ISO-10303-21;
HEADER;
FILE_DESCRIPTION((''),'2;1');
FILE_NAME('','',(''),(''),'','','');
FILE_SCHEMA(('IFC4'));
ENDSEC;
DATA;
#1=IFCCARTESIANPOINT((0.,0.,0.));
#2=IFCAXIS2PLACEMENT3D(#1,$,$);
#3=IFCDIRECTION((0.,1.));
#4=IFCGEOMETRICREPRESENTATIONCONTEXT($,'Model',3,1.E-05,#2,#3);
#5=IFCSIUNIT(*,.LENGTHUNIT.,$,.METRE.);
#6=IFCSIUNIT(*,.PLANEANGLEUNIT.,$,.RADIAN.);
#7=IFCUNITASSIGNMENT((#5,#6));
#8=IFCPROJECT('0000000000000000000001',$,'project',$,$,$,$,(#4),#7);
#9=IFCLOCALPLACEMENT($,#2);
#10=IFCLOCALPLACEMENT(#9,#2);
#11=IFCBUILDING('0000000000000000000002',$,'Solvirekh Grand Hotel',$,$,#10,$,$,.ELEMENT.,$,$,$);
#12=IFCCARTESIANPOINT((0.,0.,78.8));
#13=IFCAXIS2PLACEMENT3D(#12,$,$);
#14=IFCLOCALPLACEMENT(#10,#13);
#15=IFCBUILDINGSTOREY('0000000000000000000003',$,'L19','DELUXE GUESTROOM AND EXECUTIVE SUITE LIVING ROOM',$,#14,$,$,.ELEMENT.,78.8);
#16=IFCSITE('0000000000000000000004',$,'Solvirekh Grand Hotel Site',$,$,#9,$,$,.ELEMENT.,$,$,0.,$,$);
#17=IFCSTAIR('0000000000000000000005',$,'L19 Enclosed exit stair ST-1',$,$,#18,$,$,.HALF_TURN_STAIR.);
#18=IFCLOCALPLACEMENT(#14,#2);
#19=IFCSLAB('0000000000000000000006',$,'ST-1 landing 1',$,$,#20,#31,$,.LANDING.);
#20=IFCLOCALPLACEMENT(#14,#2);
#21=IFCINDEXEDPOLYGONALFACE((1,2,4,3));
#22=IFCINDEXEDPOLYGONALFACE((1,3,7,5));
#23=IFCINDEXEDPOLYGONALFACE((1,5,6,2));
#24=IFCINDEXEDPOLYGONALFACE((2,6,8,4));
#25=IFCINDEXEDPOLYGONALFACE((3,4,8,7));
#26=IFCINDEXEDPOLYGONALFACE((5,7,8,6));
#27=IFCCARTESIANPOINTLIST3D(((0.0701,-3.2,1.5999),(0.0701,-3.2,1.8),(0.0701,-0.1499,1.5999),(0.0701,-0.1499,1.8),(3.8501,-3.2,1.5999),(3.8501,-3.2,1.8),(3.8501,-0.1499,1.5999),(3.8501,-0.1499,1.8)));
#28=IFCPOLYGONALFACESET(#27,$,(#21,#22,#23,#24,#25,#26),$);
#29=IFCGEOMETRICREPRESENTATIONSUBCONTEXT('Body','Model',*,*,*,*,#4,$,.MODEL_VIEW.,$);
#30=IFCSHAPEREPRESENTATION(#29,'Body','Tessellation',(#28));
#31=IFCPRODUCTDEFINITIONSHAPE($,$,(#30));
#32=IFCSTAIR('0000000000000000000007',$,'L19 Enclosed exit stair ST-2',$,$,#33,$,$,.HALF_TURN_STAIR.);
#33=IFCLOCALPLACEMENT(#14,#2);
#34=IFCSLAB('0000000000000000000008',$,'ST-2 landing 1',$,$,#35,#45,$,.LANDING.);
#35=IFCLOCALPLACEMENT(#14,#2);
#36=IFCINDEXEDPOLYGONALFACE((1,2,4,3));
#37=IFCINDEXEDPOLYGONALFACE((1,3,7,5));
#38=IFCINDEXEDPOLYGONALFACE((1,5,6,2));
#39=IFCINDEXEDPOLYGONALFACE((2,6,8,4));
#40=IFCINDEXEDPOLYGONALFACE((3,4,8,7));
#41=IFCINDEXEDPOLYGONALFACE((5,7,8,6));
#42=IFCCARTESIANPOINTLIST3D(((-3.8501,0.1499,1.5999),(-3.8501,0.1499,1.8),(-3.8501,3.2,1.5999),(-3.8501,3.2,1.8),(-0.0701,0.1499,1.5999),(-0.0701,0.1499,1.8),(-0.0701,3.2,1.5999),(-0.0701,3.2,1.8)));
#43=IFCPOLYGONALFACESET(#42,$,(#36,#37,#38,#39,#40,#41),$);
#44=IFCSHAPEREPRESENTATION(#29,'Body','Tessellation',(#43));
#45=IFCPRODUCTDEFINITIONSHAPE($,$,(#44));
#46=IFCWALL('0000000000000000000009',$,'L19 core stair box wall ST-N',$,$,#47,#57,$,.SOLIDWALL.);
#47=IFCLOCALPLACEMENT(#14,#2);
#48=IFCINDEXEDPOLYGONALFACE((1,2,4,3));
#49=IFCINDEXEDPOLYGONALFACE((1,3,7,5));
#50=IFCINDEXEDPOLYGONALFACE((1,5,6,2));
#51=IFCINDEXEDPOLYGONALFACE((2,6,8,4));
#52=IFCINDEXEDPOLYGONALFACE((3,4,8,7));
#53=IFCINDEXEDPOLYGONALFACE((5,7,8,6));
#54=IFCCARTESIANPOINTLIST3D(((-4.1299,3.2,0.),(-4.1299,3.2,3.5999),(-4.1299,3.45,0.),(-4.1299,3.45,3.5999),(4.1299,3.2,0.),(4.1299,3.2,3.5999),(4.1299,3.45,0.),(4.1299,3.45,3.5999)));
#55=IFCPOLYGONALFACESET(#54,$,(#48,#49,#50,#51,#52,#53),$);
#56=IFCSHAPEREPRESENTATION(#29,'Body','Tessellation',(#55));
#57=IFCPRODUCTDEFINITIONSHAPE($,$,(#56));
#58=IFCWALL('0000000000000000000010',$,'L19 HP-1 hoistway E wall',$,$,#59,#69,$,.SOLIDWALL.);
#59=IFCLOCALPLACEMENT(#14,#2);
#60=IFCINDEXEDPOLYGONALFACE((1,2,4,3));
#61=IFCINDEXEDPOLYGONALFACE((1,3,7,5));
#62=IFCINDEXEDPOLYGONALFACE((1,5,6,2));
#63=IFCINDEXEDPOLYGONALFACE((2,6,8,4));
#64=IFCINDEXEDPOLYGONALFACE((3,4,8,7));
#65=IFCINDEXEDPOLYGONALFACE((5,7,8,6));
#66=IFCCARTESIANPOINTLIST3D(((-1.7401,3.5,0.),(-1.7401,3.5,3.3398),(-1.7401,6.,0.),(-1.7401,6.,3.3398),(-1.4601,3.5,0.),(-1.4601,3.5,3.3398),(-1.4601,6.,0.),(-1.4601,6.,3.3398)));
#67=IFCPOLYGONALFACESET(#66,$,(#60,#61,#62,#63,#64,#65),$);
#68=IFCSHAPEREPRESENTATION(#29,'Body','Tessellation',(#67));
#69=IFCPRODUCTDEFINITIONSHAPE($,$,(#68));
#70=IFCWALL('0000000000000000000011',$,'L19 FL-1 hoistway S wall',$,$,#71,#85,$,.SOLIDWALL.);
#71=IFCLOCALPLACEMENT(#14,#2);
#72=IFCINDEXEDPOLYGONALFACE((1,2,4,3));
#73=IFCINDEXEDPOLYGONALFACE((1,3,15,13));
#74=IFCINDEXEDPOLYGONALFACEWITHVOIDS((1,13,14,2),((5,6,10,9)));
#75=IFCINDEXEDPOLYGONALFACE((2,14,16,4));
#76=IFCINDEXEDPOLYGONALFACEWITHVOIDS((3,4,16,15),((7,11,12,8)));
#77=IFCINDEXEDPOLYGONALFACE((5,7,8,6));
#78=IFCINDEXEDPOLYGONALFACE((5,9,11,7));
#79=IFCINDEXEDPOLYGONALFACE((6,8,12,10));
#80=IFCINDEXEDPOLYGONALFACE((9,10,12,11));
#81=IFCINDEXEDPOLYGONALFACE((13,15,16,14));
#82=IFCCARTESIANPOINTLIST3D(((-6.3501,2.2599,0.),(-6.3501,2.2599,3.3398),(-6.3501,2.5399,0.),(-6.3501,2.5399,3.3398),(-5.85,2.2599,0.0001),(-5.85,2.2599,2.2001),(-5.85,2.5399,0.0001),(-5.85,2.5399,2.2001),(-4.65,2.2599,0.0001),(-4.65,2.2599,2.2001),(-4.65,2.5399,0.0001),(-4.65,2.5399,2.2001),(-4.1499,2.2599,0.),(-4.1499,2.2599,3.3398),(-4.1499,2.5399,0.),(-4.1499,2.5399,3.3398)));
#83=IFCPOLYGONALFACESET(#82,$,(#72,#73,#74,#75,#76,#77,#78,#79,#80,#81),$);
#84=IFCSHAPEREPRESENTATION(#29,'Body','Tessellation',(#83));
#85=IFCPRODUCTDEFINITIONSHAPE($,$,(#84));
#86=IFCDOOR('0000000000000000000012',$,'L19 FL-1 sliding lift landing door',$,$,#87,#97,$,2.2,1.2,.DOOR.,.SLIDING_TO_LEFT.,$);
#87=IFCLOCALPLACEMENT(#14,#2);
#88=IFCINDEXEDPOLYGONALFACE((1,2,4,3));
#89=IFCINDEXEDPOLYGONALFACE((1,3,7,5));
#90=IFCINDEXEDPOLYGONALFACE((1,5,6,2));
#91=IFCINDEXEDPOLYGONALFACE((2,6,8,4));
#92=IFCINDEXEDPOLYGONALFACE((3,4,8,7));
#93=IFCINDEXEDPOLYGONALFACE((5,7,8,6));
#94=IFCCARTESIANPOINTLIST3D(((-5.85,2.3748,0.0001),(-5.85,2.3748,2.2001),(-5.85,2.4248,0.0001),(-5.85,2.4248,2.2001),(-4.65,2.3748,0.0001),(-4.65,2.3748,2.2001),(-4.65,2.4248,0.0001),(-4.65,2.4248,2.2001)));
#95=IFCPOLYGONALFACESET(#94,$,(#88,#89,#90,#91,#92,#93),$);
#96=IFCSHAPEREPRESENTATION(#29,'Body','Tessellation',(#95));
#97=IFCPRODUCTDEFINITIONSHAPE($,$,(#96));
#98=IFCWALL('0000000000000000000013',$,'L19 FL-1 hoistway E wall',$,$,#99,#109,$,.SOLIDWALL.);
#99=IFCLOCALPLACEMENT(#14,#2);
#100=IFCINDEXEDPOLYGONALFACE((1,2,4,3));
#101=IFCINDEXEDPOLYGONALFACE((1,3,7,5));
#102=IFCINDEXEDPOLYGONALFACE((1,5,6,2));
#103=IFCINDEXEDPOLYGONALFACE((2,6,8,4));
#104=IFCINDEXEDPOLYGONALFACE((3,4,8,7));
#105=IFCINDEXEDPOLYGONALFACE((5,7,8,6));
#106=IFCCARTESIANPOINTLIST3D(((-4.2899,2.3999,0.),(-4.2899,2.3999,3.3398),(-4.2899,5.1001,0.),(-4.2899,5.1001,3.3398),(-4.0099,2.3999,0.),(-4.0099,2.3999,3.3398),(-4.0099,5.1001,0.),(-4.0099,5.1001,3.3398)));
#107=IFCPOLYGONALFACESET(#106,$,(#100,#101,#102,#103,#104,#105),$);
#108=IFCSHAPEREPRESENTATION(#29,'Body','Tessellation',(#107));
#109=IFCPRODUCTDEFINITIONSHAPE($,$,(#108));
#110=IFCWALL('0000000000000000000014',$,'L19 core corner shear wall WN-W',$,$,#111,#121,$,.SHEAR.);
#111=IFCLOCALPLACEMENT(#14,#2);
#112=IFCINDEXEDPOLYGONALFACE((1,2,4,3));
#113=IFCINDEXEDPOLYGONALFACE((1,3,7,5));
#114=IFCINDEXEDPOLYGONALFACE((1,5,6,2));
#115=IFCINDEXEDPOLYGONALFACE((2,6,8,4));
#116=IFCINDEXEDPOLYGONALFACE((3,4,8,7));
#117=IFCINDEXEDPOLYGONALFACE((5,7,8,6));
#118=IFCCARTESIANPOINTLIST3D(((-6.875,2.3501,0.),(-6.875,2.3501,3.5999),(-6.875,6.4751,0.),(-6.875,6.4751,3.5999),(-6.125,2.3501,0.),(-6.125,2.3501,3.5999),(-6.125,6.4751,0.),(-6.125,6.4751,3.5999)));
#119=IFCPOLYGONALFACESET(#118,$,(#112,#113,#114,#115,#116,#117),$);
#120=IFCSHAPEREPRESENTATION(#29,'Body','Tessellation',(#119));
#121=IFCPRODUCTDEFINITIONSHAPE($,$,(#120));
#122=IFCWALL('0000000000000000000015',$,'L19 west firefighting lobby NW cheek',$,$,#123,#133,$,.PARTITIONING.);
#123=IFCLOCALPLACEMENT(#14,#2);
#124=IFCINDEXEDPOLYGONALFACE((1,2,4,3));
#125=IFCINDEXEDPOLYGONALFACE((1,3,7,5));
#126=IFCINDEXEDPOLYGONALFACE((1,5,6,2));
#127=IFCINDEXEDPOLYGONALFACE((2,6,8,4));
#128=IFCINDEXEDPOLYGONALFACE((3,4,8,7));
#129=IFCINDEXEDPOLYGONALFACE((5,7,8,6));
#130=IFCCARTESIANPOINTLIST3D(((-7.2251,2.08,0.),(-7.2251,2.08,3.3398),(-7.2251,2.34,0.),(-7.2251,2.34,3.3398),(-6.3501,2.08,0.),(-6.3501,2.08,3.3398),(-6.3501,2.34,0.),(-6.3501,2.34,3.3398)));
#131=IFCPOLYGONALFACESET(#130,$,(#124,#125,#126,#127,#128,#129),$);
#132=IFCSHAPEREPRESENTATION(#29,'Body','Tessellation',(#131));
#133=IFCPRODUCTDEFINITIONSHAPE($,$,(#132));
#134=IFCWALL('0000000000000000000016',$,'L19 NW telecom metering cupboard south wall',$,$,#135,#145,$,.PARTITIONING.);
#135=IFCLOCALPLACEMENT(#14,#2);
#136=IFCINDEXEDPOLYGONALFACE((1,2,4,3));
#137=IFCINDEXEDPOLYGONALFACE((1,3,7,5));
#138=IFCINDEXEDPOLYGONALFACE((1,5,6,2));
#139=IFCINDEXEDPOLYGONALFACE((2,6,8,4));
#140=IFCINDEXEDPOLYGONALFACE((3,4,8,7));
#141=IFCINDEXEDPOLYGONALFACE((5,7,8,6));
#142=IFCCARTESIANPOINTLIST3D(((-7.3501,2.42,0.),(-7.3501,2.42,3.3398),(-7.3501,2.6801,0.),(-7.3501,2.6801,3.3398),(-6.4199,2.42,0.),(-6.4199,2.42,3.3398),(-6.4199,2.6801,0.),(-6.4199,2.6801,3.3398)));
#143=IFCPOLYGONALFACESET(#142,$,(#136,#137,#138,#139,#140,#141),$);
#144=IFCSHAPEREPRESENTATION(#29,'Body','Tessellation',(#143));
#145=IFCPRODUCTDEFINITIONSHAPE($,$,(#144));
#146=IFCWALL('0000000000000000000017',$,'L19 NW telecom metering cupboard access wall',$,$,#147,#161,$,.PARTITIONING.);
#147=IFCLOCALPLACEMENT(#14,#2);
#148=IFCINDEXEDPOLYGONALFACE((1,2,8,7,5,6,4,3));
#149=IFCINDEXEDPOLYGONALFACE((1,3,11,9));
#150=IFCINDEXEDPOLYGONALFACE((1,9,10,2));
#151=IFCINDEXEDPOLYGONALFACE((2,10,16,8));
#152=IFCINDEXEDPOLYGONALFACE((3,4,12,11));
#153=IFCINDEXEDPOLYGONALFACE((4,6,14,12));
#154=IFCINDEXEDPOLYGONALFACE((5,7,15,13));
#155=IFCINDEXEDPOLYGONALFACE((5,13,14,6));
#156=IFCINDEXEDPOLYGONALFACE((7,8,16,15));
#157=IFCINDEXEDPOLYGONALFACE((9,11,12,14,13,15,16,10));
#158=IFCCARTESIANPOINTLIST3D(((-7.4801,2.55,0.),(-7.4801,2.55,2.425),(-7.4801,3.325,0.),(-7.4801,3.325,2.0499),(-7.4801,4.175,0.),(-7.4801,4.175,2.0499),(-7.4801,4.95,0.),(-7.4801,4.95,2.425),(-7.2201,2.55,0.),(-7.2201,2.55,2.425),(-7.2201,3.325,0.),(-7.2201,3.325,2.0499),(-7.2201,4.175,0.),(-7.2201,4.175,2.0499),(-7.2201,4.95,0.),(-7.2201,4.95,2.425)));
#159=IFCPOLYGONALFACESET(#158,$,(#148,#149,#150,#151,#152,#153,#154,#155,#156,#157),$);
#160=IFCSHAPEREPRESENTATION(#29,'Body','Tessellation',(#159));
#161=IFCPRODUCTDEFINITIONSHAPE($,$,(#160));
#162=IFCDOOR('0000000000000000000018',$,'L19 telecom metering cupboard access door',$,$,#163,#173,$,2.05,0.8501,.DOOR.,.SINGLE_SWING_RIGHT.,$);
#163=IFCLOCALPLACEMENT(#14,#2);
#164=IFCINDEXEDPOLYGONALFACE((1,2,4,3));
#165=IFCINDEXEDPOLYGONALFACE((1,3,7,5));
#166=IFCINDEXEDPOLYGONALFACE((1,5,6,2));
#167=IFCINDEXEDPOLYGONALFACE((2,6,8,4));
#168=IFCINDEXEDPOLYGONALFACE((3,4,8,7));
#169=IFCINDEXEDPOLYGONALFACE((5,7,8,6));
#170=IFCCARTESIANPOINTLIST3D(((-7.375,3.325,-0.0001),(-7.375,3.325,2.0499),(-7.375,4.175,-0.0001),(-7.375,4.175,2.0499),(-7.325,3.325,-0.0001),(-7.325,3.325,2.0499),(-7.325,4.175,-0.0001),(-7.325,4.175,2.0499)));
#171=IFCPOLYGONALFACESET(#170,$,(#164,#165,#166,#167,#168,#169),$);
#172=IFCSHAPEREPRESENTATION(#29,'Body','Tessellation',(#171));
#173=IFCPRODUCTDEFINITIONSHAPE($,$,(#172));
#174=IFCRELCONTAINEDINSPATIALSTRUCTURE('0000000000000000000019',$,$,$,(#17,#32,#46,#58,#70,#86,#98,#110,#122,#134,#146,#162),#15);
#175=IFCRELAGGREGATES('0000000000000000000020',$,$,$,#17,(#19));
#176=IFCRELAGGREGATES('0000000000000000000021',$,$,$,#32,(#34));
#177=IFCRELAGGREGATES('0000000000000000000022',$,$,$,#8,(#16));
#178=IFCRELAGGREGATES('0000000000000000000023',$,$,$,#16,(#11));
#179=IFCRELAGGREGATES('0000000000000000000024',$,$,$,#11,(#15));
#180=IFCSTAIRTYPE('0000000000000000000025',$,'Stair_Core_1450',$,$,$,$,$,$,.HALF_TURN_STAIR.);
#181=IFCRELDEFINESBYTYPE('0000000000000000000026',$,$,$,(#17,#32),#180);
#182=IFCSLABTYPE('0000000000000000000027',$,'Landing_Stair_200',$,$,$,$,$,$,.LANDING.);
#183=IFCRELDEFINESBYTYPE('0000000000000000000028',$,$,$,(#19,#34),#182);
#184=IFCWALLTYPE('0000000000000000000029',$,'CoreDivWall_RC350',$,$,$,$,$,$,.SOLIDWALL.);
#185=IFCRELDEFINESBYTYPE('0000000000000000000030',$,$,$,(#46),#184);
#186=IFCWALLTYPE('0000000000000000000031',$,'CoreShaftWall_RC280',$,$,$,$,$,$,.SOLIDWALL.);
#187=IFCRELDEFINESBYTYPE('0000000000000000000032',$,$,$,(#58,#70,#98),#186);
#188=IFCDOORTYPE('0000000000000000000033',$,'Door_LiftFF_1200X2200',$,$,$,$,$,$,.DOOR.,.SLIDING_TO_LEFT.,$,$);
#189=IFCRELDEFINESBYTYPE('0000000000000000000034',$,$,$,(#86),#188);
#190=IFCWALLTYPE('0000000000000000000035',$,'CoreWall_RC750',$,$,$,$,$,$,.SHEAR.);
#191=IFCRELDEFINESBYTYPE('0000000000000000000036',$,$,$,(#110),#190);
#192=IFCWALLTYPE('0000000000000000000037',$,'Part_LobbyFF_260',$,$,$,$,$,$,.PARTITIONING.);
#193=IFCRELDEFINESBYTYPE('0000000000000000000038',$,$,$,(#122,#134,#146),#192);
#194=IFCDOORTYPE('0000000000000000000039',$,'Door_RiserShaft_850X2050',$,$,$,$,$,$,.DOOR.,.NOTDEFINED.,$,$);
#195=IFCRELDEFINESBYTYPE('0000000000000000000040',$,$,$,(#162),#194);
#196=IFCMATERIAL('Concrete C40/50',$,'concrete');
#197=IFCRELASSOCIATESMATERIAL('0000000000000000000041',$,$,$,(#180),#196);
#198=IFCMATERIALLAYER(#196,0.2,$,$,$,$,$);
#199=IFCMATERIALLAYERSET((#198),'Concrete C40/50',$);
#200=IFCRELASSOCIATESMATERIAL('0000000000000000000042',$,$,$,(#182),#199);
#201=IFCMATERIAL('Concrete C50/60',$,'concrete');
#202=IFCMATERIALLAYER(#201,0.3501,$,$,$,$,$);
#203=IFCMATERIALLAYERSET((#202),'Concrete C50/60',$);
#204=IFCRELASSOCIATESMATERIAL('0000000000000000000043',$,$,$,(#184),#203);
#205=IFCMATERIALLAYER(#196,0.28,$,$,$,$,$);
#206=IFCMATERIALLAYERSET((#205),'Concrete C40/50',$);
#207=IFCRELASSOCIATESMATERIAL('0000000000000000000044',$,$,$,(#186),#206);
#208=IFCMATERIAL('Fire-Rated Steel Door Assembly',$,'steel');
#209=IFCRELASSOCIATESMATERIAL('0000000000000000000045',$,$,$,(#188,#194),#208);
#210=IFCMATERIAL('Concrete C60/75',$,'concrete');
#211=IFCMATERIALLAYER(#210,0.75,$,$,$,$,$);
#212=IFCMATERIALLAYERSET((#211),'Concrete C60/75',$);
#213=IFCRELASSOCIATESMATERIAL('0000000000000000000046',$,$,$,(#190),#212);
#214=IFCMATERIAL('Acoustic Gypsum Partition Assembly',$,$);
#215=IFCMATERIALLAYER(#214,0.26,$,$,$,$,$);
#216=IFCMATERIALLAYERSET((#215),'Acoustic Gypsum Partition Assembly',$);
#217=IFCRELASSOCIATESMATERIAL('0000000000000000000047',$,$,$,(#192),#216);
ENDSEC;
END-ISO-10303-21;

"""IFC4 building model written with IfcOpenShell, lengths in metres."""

from ifc_helpers import new_model, si_unit, direction, frame, frame_2d, origin, place, context, subcontext, project, spatial, polyline, rectangle, outline, extrude, material, layer, layer_set, type_object, element, fill, aggregate, save


model = new_model("IFC4")

# Units and contexts
model_context = context("Model", 3, precision=1e-05, world=origin(), true_north=direction((0.0, 1.0)))
body_context = subcontext(model_context, "Body", "Model", "MODEL_VIEW")
ifc_project = project(units=[si_unit("LENGTHUNIT", "METRE"), si_unit("PLANEANGLEUNIT", "RADIAN")], contexts=[model_context])

# Site, building, storey
site_placement = place(None, origin())
site = spatial("IfcSite", under=ifc_project, at=site_placement, Name="Solvirekh Grand Hotel Site", CompositionType="ELEMENT", RefElevation=0.0)
building_placement = place(site_placement, origin())
building = spatial("IfcBuilding", under=site, at=building_placement, Name="Solvirekh Grand Hotel", CompositionType="ELEMENT")
storey_placement = place(building_placement, frame((0.0, 0.0, 78.8)))
storey = spatial("IfcBuildingStorey", under=building, at=storey_placement, Name="L19", Description="DELUXE GUESTROOM AND EXECUTIVE SUITE LIVING ROOM", CompositionType="ELEMENT", Elevation=78.8)

# Stairs, slabs
ifc_material_1 = material(Name="Concrete C40/50", Category="concrete")
stair_type = type_object("IfcStairType", Name="Stair_Core_1450", PredefinedType="HALF_TURN_STAIR", material=ifc_material_1)
stair_1_placement = place(storey_placement, origin())
stair_1 = element("IfcStair", 1, at=stair_1_placement, inside=storey, type_object=stair_type, Name="L19 Enclosed exit stair ST-1", PredefinedType="HALF_TURN_STAIR")
ifc_layer_1 = layer(ifc_material_1, 0.2)
ifc_layer_set_1 = layer_set([ifc_layer_1], Name="Concrete C40/50")
slab_type = type_object("IfcSlabType", Name="Landing_Stair_200", PredefinedType="LANDING", material=ifc_layer_set_1)
slab_1_placement = place(storey_placement, frame((0.0, 0.0, 1.5999)))
slab_1 = element("IfcSlab", 2, at=slab_1_placement, type_object=slab_type, Name="ST-1 landing 1", PredefinedType="LANDING", context=body_context, shape_type="SweptSolid", body=[
    extrude(outline(polyline([(0.0701, -3.2), (3.8501, -3.2), (3.8501, -0.1499), (0.0701, -0.1499), (0.0701, -3.2)])), origin(), (0.0, 0.0, 1.0), 0.2002),
])
aggregate(stair_1, [slab_1])
stair_2_placement = place(storey_placement, origin())
stair_2 = element("IfcStair", 3, at=stair_2_placement, inside=storey, type_object=stair_type, Name="L19 Enclosed exit stair ST-2", PredefinedType="HALF_TURN_STAIR")
slab_2_placement = place(storey_placement, frame((0.0, 0.0, 1.5999)))
slab_2 = element("IfcSlab", 4, at=slab_2_placement, type_object=slab_type, Name="ST-2 landing 1", PredefinedType="LANDING", context=body_context, shape_type="SweptSolid", body=[
    extrude(outline(polyline([(-0.0701, 3.2), (-3.8501, 3.2), (-3.8501, 0.1499), (-0.0701, 0.1499), (-0.0701, 3.2)])), origin(), (0.0, 0.0, 1.0), 0.2002),
])

# Walls
ifc_material_2 = material(Name="Concrete C50/60", Category="concrete")
ifc_layer_2 = layer(ifc_material_2, 0.3501)
ifc_layer_set_2 = layer_set([ifc_layer_2], Name="Concrete C50/60")
wall_type_1 = type_object("IfcWallType", Name="CoreDivWall_RC350", PredefinedType="SOLIDWALL", material=ifc_layer_set_2)
wall_1_placement = place(storey_placement, frame((-4.1299, 3.325, 0.0), z_axis=(0.0, 0.0, 1.0), x_axis=(1.0, 0.0, 0.0)))
element("IfcWall", 5, at=wall_1_placement, inside=storey, type_object=wall_type_1, Name="L19 core stair box wall ST-N", PredefinedType="SOLIDWALL", context=body_context, shape_type="SweptSolid", body=[
    extrude(rectangle(XDim=8.2598, YDim=0.25, at=frame_2d((4.1299, 0.0))), origin(), (0.0, 0.0, 1.0), 3.5999),
])
ifc_layer_3 = layer(ifc_material_1, 0.28)
ifc_layer_set_3 = layer_set([ifc_layer_3], Name="Concrete C40/50")
wall_type_2 = type_object("IfcWallType", Name="CoreShaftWall_RC280", PredefinedType="SOLIDWALL", material=ifc_layer_set_3)
wall_2_placement = place(storey_placement, frame((-1.6001, 3.5, 0.0), z_axis=(0.0, 0.0, 1.0), x_axis=(0.0, 1.0, 0.0)))
element("IfcWall", 6, at=wall_2_placement, inside=storey, type_object=wall_type_2, Name="L19 HP-1 hoistway E wall", PredefinedType="SOLIDWALL", context=body_context, shape_type="SweptSolid", body=[
    extrude(rectangle(XDim=2.5, YDim=0.28, at=frame_2d((1.25, 0.0))), origin(), (0.0, 0.0, 1.0), 3.3398),
])

# Wall, opening, door
wall_3_placement = place(storey_placement, frame((-6.3501, 2.3999, 0.0), z_axis=(0.0, 0.0, 1.0), x_axis=(1.0, 0.0, 0.0)))
wall_3 = element("IfcWall", 7, at=wall_3_placement, inside=storey, type_object=wall_type_2, Name="L19 FL-1 hoistway S wall", PredefinedType="SOLIDWALL", context=body_context, shape_type="SweptSolid", body=[
    extrude(rectangle(XDim=2.2002, YDim=0.28, at=frame_2d((1.1001, 0.0))), origin(), (0.0, 0.0, 1.0), 3.3398),
])
opening_1_placement = place(wall_3_placement, frame((0.5, 0.0, 0.0)))
opening_1 = element("IfcOpeningElement", 8, at=opening_1_placement, cuts=wall_3, PredefinedType="OPENING", context=body_context, shape_type="SweptSolid", body=[
    extrude(rectangle(XDim=1.2, YDim=2.2, at=frame_2d((0.6001, 1.1001))), frame((0.0, 0.1499, 0.0), z_axis=(0.0, -1.0, 0.0), x_axis=(1.0, 0.0, 0.0)), (0.0, 0.0, 1.0), 0.3),
])
ifc_material_3 = material(Name="Fire-Rated Steel Door Assembly", Category="steel")
door_type_1 = type_object("IfcDoorType", Name="Door_LiftFF_1200X2200", OperationType="SLIDING_TO_LEFT", PredefinedType="DOOR", material=ifc_material_3)
door_1_placement = place(opening_1_placement, origin())
door_1 = element("IfcDoor", 9, at=door_1_placement, inside=storey, type_object=door_type_1, Name="L19 FL-1 sliding lift landing door", OperationType="SLIDING_TO_LEFT", OverallHeight=2.2, OverallWidth=1.2, PredefinedType="DOOR", context=body_context, shape_type="SweptSolid", body=[
    extrude(rectangle(XDim=1.2, YDim=2.2, at=frame_2d((0.6001, 1.1001))), frame((0.0, 0.0249, 0.0), z_axis=(0.0, -1.0, 0.0), x_axis=(1.0, 0.0, 0.0)), (0.0, 0.0, 1.0), 0.05),
])
fill(opening_1, door_1)

# Walls
wall_4_placement = place(storey_placement, frame((-4.1499, 2.3999, 0.0), z_axis=(0.0, 0.0, 1.0), x_axis=(0.0, 1.0, 0.0)))
element("IfcWall", 10, at=wall_4_placement, inside=storey, type_object=wall_type_2, Name="L19 FL-1 hoistway E wall", PredefinedType="SOLIDWALL", context=body_context, shape_type="SweptSolid", body=[
    extrude(rectangle(XDim=2.7002, YDim=0.28, at=frame_2d((1.3501, 0.0))), origin(), (0.0, 0.0, 1.0), 3.3398),
])
ifc_material_4 = material(Name="Concrete C60/75", Category="concrete")
ifc_layer_4 = layer(ifc_material_4, 0.75)
ifc_layer_set_4 = layer_set([ifc_layer_4], Name="Concrete C60/75")
wall_type_3 = type_object("IfcWallType", Name="CoreWall_RC750", PredefinedType="SHEAR", material=ifc_layer_set_4)
wall_5_placement = place(storey_placement, frame((-6.5, 2.3501, 0.0), z_axis=(0.0, 0.0, 1.0), x_axis=(0.0, 1.0, 0.0)))
element("IfcWall", 11, at=wall_5_placement, inside=storey, type_object=wall_type_3, Name="L19 core corner shear wall WN-W", PredefinedType="SHEAR", context=body_context, shape_type="SweptSolid", body=[
    extrude(rectangle(XDim=4.125, YDim=0.75, at=frame_2d((2.0625, 0.0))), origin(), (0.0, 0.0, 1.0), 3.5999),
])
ifc_material_5 = material(Name="Acoustic Gypsum Partition Assembly")
ifc_layer_5 = layer(ifc_material_5, 0.26)
ifc_layer_set_5 = layer_set([ifc_layer_5], Name="Acoustic Gypsum Partition Assembly")
wall_type_4 = type_object("IfcWallType", Name="Part_LobbyFF_260", PredefinedType="PARTITIONING", material=ifc_layer_set_5)
wall_6_placement = place(storey_placement, frame((-7.2251, 2.21, 0.0), z_axis=(0.0, 0.0, 1.0), x_axis=(1.0, 0.0, 0.0)))
element("IfcWall", 12, at=wall_6_placement, inside=storey, type_object=wall_type_4, Name="L19 west firefighting lobby NW cheek", PredefinedType="PARTITIONING", context=body_context, shape_type="SweptSolid", body=[
    extrude(rectangle(XDim=0.875, YDim=0.26, at=frame_2d((0.4375, 0.0))), origin(), (0.0, 0.0, 1.0), 3.3398),
])
wall_7_placement = place(storey_placement, frame((-7.3501, 2.55, 0.0), z_axis=(0.0, 0.0, 1.0), x_axis=(1.0, 0.0, 0.0)))
element("IfcWall", 13, at=wall_7_placement, inside=storey, type_object=wall_type_4, Name="L19 NW telecom metering cupboard south wall", PredefinedType="PARTITIONING", context=body_context, shape_type="SweptSolid", body=[
    extrude(rectangle(XDim=0.9302, YDim=0.26, at=frame_2d((0.4651, 0.0))), origin(), (0.0, 0.0, 1.0), 3.3398),
])

# Wall, opening, door
wall_8_placement = place(storey_placement, frame((-7.3501, 2.55, 0.0), z_axis=(0.0, 0.0, 1.0), x_axis=(0.0, 1.0, 0.0)))
wall_8 = element("IfcWall", 14, at=wall_8_placement, inside=storey, type_object=wall_type_4, Name="L19 NW telecom metering cupboard access wall", PredefinedType="PARTITIONING", context=body_context, shape_type="SweptSolid", body=[
    extrude(rectangle(XDim=2.3999, YDim=0.26, at=frame_2d((1.2, 0.0))), origin(), (0.0, 0.0, 1.0), 2.425),
])
opening_2_placement = place(wall_8_placement, frame((0.7749, 0.0, 0.0)))
opening_2 = element("IfcOpeningElement", 15, at=opening_2_placement, cuts=wall_8, PredefinedType="OPENING", context=body_context, shape_type="SweptSolid", body=[
    extrude(rectangle(XDim=0.8501, YDim=2.05, at=frame_2d((0.425, 1.0249))), frame((0.0, 0.1401, 0.0), z_axis=(0.0, -1.0, 0.0), x_axis=(1.0, 0.0, 0.0)), (0.0, 0.0, 1.0), 0.28),
])
door_type_2 = type_object("IfcDoorType", Name="Door_RiserShaft_850X2050", OperationType="NOTDEFINED", PredefinedType="DOOR", material=ifc_material_3)
door_2_placement = place(opening_2_placement, origin())
door_2 = element("IfcDoor", 16, at=door_2_placement, inside=storey, type_object=door_type_2, Name="L19 telecom metering cupboard access door", OperationType="SINGLE_SWING_RIGHT", OverallHeight=2.05, OverallWidth=0.8501, PredefinedType="DOOR", context=body_context, shape_type="SweptSolid", body=[
    extrude(rectangle(XDim=0.8501, YDim=2.05, at=frame_2d((0.425, 1.0249))), frame((0.0, 0.0249, 0.0), z_axis=(0.0, -1.0, 0.0), x_axis=(1.0, 0.0, 0.0)), (0.0, 0.0, 1.0), 0.05),
])
fill(opening_2, door_2)

aggregate(stair_2, [slab_2])

save(model, "model.ifc")
